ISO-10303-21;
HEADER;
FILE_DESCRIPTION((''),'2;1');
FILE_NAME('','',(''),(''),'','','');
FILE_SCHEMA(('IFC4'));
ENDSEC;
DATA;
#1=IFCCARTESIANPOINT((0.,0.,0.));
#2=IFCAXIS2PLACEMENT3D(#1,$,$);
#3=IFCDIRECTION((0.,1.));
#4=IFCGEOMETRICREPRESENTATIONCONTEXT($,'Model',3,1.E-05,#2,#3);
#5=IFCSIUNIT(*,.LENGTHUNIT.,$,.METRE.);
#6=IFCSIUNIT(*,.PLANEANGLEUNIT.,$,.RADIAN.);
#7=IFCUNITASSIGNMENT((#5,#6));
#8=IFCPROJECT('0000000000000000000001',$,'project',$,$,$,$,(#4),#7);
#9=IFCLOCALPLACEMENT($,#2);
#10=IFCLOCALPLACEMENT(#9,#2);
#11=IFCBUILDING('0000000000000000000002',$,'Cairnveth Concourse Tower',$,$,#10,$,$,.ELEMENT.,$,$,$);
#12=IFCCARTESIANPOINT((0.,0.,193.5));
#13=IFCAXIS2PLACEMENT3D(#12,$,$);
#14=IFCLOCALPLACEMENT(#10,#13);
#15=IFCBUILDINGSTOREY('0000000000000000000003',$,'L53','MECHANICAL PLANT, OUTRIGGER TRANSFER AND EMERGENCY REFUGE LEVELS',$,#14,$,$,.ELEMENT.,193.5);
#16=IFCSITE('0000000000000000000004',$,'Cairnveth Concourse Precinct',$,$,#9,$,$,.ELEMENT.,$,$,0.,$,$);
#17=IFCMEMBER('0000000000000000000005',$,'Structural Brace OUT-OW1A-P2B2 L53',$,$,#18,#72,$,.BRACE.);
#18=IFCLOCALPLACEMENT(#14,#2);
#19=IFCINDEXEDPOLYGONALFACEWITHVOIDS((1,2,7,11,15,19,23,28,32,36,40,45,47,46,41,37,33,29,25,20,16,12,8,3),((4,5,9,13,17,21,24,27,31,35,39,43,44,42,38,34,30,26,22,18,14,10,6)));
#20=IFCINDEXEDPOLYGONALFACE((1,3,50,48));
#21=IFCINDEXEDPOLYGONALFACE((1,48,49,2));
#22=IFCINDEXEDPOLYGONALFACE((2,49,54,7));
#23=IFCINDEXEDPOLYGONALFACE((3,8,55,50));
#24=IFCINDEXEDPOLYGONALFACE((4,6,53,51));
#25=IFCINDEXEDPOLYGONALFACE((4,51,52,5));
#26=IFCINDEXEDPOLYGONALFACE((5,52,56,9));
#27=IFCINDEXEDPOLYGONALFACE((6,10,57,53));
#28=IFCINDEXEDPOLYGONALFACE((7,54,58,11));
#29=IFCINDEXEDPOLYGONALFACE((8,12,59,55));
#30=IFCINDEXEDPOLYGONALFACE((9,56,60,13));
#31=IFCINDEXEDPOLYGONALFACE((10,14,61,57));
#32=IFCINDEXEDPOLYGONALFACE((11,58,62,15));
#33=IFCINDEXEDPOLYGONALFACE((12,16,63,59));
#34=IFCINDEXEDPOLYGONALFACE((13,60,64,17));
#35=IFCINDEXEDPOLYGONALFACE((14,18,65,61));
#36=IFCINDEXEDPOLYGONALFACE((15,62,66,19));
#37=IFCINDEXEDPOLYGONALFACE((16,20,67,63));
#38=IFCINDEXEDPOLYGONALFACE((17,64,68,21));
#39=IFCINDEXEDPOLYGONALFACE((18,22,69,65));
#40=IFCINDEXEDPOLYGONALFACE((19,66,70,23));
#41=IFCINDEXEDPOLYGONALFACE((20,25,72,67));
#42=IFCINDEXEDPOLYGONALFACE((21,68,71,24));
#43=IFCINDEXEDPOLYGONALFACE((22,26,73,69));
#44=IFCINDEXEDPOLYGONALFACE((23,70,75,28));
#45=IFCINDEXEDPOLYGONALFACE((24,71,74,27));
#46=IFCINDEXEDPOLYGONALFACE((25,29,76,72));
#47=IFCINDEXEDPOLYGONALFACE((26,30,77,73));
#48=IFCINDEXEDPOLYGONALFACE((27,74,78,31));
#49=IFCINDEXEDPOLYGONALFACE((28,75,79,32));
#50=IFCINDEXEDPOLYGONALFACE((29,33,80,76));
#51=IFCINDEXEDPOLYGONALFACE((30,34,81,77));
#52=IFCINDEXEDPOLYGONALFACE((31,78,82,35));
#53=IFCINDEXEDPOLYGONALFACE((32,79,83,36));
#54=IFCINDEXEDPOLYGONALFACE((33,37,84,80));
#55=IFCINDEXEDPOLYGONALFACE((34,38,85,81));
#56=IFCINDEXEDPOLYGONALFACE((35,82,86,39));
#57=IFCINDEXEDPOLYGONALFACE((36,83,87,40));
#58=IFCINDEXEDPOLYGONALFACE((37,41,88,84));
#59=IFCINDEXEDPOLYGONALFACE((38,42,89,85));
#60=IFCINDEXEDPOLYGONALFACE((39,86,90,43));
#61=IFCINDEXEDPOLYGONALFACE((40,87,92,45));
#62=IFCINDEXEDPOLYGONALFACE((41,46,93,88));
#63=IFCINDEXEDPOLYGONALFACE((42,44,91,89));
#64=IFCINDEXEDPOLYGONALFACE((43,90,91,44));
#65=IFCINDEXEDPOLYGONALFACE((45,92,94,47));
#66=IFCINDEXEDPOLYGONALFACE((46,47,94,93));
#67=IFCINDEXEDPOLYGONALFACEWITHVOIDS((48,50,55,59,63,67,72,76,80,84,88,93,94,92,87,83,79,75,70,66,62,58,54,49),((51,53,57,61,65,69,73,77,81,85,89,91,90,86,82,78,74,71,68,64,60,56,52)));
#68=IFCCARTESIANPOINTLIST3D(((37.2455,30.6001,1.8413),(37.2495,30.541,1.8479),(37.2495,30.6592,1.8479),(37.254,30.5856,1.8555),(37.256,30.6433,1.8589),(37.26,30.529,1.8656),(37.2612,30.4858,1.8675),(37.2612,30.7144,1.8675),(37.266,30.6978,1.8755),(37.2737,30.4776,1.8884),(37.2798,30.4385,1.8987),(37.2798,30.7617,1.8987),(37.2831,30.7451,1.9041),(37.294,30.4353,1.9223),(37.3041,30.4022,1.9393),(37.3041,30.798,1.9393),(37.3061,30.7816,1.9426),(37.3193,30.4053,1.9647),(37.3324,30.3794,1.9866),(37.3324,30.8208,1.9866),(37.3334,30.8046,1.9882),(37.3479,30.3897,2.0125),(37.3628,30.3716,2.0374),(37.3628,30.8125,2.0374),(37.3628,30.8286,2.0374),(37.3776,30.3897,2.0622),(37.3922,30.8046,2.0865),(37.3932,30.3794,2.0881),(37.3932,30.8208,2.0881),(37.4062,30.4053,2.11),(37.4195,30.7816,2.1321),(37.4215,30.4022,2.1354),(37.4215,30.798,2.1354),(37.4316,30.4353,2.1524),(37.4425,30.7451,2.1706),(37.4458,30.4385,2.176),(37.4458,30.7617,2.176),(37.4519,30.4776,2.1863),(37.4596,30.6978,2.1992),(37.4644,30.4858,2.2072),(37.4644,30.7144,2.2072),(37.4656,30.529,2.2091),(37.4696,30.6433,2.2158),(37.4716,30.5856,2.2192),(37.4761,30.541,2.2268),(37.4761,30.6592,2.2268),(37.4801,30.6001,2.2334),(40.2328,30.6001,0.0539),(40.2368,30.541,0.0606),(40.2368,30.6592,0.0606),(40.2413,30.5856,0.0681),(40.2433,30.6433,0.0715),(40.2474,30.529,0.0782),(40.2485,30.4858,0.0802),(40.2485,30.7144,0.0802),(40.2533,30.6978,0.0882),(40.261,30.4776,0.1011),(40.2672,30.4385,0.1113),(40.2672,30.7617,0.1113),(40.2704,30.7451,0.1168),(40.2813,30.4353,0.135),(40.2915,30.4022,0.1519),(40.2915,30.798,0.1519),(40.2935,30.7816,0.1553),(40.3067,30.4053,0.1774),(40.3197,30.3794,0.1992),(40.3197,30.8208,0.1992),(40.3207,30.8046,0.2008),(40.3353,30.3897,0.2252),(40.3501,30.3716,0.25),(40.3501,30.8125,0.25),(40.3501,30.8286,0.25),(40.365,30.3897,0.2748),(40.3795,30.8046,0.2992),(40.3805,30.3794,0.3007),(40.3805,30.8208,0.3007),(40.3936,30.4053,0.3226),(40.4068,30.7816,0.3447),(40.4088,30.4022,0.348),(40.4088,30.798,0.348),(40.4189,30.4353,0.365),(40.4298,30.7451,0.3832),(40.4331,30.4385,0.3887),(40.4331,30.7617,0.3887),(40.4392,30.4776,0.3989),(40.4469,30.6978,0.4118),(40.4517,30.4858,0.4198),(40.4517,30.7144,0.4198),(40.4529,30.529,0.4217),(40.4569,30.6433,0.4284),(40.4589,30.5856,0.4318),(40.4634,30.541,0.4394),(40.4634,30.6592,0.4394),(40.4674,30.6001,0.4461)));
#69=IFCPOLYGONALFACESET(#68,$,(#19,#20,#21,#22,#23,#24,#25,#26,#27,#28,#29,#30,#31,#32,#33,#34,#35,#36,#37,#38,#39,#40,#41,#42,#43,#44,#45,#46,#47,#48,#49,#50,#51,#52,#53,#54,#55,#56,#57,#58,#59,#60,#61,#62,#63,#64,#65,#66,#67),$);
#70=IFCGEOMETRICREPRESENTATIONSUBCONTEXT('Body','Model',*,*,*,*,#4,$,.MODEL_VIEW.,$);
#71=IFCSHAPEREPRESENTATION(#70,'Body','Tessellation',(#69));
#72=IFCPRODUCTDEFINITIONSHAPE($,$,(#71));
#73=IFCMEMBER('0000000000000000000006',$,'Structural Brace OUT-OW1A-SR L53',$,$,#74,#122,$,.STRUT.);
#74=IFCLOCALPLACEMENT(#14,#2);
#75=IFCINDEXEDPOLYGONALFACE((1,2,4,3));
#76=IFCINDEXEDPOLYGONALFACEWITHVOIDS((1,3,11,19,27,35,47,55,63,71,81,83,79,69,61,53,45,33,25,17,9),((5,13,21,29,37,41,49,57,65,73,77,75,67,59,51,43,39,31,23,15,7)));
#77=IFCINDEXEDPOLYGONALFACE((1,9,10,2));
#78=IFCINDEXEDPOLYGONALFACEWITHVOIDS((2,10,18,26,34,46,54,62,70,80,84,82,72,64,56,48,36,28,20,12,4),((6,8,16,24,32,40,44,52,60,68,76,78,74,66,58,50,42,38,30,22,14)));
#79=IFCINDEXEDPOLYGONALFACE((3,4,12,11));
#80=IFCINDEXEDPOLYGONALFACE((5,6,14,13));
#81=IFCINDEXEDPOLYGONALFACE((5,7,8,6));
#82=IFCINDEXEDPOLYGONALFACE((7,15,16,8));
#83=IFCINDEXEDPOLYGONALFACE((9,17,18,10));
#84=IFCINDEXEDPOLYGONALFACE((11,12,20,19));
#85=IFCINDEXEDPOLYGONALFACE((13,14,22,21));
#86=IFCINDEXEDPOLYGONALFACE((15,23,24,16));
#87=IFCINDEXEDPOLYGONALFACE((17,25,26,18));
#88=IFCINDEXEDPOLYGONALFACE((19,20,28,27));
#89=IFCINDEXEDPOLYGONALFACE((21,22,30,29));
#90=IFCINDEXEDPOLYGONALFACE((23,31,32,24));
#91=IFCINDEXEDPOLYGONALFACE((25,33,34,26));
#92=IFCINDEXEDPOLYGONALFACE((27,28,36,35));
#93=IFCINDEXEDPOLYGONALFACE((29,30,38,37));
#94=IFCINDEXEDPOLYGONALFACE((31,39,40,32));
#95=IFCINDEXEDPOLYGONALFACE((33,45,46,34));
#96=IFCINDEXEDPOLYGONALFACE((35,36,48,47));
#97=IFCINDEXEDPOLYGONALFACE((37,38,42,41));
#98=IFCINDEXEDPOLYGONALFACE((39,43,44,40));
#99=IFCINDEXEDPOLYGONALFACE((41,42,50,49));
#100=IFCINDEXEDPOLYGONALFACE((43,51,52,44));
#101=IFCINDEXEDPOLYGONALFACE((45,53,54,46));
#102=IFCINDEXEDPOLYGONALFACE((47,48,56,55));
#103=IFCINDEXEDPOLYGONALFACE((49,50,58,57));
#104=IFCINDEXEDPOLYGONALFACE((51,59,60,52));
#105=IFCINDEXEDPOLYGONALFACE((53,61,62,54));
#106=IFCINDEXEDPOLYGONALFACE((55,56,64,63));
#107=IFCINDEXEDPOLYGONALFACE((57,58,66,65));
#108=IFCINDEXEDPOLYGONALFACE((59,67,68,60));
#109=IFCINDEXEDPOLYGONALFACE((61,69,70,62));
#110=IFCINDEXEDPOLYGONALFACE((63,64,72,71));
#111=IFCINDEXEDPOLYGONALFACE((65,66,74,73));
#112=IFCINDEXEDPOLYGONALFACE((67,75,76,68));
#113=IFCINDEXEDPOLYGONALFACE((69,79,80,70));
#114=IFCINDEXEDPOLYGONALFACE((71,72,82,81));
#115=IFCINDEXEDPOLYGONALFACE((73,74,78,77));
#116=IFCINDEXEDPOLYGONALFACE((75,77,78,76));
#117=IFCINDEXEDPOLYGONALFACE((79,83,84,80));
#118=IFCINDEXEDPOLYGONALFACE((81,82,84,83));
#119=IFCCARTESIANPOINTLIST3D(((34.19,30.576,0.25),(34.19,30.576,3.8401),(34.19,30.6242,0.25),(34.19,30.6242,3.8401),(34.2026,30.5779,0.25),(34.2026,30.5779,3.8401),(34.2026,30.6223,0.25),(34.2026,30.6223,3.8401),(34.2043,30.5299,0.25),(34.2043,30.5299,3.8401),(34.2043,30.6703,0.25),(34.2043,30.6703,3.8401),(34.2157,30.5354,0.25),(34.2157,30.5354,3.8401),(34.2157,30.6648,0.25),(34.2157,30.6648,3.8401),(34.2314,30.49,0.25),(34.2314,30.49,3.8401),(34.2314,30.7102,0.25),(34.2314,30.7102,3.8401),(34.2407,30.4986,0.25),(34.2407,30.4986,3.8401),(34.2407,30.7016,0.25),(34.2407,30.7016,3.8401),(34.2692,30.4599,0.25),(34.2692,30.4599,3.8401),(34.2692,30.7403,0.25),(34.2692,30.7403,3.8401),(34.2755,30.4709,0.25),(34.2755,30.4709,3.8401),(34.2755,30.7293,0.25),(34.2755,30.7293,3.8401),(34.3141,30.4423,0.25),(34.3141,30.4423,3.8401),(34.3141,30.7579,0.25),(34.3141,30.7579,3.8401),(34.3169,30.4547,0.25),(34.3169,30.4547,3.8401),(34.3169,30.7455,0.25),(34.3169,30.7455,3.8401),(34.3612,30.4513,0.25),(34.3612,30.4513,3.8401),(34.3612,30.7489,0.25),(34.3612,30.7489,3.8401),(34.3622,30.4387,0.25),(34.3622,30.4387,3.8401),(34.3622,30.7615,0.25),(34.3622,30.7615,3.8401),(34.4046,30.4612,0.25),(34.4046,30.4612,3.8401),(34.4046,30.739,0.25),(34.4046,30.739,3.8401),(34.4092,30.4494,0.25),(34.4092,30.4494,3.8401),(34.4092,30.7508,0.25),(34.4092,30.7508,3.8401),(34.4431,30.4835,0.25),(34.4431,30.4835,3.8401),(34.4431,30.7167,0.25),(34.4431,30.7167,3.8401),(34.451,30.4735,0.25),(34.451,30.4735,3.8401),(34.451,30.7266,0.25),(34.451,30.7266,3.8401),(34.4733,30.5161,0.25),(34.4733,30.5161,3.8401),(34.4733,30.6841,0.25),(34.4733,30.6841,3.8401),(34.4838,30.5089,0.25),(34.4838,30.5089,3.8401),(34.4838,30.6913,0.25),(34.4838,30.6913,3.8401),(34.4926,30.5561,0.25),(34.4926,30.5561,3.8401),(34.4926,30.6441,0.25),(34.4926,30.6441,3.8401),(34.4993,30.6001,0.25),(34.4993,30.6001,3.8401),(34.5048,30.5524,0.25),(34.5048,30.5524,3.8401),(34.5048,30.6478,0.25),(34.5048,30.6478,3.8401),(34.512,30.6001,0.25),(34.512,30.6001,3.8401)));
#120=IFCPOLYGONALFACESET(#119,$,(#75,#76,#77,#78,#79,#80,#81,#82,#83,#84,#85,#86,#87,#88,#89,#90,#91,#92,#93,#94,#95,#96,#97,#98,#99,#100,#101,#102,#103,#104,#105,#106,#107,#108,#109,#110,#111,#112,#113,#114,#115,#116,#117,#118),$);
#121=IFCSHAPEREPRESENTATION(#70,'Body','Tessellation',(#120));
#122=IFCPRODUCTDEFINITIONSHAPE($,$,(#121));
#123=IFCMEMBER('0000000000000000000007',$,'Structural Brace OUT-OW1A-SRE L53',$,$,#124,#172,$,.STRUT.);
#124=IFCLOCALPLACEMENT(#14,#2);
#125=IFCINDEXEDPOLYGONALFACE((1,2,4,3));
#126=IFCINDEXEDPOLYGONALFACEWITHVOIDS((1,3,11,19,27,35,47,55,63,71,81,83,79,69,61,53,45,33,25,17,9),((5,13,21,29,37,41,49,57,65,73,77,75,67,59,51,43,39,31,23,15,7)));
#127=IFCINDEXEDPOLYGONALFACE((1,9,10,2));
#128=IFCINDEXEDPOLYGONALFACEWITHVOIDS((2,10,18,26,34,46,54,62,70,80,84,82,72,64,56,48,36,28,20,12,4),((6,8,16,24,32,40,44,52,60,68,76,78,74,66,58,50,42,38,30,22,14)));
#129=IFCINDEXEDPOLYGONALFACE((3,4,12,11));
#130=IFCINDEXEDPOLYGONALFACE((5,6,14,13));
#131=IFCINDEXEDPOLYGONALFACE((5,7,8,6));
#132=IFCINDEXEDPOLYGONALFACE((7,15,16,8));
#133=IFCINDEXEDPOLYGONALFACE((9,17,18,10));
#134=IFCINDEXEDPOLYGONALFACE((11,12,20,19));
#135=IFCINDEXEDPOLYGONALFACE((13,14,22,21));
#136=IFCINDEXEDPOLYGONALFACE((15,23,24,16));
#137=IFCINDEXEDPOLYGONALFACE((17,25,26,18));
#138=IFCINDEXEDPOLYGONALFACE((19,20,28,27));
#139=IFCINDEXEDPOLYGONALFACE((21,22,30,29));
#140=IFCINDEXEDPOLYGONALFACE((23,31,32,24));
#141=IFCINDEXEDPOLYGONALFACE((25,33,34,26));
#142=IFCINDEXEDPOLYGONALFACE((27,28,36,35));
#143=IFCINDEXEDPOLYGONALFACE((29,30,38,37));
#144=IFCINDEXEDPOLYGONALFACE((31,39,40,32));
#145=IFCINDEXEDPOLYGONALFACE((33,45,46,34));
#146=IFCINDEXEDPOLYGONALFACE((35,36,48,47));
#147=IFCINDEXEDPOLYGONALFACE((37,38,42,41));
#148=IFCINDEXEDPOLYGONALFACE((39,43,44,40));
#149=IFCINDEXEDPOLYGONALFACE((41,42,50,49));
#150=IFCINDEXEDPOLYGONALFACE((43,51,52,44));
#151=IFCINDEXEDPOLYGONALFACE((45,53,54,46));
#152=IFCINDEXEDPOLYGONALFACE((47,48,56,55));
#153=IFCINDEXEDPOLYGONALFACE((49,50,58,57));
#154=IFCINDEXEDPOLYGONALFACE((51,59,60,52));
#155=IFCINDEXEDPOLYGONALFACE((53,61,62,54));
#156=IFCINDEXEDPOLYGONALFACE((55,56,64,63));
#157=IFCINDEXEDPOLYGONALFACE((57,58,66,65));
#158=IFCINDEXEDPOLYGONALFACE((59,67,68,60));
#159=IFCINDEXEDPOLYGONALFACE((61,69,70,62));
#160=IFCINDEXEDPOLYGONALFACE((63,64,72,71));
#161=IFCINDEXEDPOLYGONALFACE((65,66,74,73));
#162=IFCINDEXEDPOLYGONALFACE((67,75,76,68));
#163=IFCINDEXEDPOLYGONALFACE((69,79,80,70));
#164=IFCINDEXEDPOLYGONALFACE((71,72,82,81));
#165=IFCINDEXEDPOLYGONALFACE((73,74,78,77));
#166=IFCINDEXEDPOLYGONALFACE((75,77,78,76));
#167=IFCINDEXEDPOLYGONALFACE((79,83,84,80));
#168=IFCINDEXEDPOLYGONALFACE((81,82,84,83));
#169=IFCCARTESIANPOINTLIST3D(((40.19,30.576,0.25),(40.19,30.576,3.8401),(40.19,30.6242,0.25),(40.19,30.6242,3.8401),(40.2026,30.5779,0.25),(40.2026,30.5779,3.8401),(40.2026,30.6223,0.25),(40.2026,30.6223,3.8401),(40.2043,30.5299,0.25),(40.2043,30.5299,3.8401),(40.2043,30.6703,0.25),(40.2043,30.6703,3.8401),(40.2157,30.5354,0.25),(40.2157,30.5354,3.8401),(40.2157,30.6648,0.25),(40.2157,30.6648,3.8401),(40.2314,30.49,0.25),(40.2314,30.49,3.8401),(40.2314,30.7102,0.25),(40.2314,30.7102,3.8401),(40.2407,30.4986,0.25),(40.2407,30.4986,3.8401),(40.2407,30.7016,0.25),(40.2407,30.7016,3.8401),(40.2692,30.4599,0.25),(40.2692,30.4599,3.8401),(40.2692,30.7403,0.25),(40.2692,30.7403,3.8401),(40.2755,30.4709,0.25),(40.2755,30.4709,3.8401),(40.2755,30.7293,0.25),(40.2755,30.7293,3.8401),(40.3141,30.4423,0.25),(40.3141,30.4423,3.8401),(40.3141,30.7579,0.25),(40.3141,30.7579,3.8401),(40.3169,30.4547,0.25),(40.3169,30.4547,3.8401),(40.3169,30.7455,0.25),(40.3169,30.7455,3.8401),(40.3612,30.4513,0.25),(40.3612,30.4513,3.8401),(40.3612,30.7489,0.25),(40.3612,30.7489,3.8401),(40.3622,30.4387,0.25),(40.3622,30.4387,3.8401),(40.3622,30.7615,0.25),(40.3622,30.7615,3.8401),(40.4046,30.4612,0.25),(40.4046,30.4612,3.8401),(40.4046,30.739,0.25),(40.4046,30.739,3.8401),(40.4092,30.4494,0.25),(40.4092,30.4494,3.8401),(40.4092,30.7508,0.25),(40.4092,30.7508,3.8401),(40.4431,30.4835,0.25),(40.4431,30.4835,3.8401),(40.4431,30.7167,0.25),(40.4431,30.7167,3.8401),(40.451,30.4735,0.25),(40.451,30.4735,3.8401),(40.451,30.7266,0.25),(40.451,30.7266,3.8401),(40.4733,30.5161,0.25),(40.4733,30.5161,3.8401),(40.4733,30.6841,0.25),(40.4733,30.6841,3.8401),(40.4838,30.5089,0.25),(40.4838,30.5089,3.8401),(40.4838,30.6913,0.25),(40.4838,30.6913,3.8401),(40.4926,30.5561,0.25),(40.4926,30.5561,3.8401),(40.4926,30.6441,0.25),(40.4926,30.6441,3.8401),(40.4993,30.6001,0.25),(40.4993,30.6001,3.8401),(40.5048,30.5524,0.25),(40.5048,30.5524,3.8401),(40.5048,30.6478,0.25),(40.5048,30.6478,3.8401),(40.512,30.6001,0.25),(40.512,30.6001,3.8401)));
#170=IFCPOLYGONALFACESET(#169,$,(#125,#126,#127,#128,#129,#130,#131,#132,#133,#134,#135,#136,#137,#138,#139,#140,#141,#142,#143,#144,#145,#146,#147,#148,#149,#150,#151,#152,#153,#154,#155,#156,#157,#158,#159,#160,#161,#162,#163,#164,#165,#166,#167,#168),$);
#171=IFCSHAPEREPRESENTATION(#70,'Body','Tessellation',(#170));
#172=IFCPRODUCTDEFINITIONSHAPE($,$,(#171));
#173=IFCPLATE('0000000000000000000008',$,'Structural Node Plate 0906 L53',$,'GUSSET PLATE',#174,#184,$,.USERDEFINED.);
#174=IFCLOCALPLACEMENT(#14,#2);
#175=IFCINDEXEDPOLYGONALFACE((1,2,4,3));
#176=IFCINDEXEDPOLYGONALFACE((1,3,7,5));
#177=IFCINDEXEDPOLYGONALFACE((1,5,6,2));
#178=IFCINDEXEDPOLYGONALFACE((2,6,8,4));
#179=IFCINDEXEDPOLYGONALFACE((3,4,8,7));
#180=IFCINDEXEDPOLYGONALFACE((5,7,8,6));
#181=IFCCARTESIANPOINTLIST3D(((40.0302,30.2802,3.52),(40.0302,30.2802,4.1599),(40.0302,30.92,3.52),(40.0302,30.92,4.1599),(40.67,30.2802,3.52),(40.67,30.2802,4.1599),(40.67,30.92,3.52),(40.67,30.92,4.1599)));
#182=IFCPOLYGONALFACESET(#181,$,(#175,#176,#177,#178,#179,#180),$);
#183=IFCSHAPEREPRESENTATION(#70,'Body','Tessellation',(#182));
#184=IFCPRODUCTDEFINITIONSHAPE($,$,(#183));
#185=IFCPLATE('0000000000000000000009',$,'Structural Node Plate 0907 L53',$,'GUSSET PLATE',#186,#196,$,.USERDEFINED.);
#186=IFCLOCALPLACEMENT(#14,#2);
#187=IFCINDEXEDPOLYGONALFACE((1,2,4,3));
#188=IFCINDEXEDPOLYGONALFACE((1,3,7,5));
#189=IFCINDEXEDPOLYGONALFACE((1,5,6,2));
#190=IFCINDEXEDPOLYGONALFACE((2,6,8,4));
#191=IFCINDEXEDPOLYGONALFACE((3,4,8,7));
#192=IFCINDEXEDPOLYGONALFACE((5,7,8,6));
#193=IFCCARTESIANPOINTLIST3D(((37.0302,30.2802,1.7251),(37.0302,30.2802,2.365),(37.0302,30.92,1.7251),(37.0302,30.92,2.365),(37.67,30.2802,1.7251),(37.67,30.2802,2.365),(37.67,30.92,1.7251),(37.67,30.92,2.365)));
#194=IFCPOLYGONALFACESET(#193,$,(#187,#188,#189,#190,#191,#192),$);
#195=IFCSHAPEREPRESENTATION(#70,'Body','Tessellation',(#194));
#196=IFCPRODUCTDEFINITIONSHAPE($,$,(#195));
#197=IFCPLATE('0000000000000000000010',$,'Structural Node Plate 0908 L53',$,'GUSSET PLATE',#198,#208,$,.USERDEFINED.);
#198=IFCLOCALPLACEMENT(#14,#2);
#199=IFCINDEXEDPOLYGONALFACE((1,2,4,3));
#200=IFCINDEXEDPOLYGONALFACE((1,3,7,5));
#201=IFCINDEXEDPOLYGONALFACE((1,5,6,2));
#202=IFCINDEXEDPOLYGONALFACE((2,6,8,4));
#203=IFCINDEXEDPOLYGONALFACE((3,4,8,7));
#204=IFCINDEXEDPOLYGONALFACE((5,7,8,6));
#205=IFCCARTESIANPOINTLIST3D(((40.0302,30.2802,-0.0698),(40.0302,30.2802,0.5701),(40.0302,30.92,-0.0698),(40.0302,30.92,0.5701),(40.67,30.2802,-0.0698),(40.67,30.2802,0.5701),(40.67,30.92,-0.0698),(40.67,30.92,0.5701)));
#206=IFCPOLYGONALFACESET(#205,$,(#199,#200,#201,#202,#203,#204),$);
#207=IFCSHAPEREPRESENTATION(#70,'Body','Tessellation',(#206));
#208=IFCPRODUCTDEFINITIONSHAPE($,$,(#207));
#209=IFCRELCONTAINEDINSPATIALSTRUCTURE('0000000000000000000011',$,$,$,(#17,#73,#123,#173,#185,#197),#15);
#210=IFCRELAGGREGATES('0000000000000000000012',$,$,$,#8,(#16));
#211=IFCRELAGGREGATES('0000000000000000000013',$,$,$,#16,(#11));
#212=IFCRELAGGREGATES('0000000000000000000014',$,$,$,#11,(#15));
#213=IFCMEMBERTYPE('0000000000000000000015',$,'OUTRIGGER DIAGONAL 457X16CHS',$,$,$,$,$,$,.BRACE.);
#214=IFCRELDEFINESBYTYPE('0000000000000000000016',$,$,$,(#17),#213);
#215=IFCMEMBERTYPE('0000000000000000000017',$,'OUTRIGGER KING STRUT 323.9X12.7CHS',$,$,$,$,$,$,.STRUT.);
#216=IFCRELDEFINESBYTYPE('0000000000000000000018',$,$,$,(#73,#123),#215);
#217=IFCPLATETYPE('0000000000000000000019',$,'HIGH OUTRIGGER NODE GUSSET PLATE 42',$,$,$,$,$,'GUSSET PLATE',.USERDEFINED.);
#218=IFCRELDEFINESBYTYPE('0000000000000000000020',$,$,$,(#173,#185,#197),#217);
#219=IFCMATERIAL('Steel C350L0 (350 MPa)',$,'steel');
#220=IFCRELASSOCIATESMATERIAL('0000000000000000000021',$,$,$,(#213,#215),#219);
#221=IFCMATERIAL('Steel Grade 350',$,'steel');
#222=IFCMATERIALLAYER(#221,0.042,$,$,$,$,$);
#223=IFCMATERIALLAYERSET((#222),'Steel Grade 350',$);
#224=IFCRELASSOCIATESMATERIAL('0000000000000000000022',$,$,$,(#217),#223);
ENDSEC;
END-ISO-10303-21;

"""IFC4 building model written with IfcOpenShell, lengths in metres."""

from ifc_helpers import new_model, si_unit, direction, frame, origin, origin_2d, place, context, subcontext, project, spatial, rectangle, hollow_circle, extrude, material, layer, layer_set, material_profile, profile_set, type_object, element, save


model = new_model("IFC4")

# Units and contexts
model_context = context("Model", 3, precision=1e-05, world=origin(), true_north=direction((0.0, 1.0)))
body_context = subcontext(model_context, "Body", "Model", "MODEL_VIEW")
ifc_project = project(units=[si_unit("LENGTHUNIT", "METRE"), si_unit("PLANEANGLEUNIT", "RADIAN")], contexts=[model_context])

# Site, building, storey
site_placement = place(None, origin())
site = spatial("IfcSite", under=ifc_project, at=site_placement, Name="Cairnveth Concourse Precinct", CompositionType="ELEMENT", RefElevation=0.0)
building_placement = place(site_placement, origin())
building = spatial("IfcBuilding", under=site, at=building_placement, Name="Cairnveth Concourse Tower", CompositionType="ELEMENT")
storey_placement = place(building_placement, frame((0.0, 0.0, 193.5)))
storey = spatial("IfcBuildingStorey", under=building, at=storey_placement, Name="L53", Description="MECHANICAL PLANT, OUTRIGGER TRANSFER AND EMERGENCY REFUGE LEVELS", CompositionType="ELEMENT", Elevation=193.5)

# Members
ifc_material_1 = material(Name="Steel C350L0 (350 MPa)", Category="steel")
ifc_material_profile_1 = material_profile(ifc_material_1, hollow_circle(Radius=0.2285, WallThickness=0.0161, at=origin_2d()), Name="457.0x16.0CHS")
ifc_profile_set_1 = profile_set([ifc_material_profile_1], Name="Steel C350L0 (350 MPa)")
member_type_1 = type_object("IfcMemberType", Name="OUTRIGGER DIAGONAL 457X16CHS", PredefinedType="BRACE", material=ifc_profile_set_1)
member_1_placement = place(storey_placement, frame((37.3628, 30.6001, 2.0374), z_axis=(0.85813, 0.0, -0.513433), x_axis=(0.0, 1.0, 0.0)))
element("IfcMember", 1, at=member_1_placement, inside=storey, type_object=member_type_1, Name="Structural Brace OUT-OW1A-P2B2 L53", PredefinedType="BRACE", context=body_context, shape_type="SweptSolid", body=[
    extrude(hollow_circle(Radius=0.2285, WallThickness=0.0161, at=origin_2d()), origin(), (0.0, 0.0, 1.0), 3.4812),
])
ifc_material_profile_2 = material_profile(ifc_material_1, hollow_circle(Radius=0.1619, WallThickness=0.0127, at=origin_2d()), Name="323.9x12.7CHS")
ifc_profile_set_2 = profile_set([ifc_material_profile_2], Name="Steel C350L0 (350 MPa)")
member_type_2 = type_object("IfcMemberType", Name="OUTRIGGER KING STRUT 323.9X12.7CHS", PredefinedType="STRUT", material=ifc_profile_set_2)
for number, where, z_axis, x_axis, name in (
    (2, (34.3501, 30.6001, 0.25), (0.0, 0.0, 1.0), (1.0, 0.0, 0.0), "Structural Brace OUT-OW1A-SR L53"),
    (3, (40.3501, 30.6001, 0.25), (0.0, 0.0, 1.0), (1.0, 0.0, 0.0), "Structural Brace OUT-OW1A-SRE L53"),
):
    element("IfcMember", number, at=place(storey_placement, frame(where, z_axis=z_axis, x_axis=x_axis)), inside=storey, type_object=member_type_2, Name=name, PredefinedType="STRUT", context=body_context, shape_type="SweptSolid", body=[
        extrude(hollow_circle(Radius=0.1619, WallThickness=0.0127, at=origin_2d()), origin(), (0.0, 0.0, 1.0), 3.5901),
    ])

# Plates
ifc_material_2 = material(Name="Steel Grade 350", Category="steel")
ifc_layer_1 = layer(ifc_material_2, 0.042)
ifc_layer_set_1 = layer_set([ifc_layer_1], Name="Steel Grade 350")
plate_type = type_object("IfcPlateType", Name="HIGH OUTRIGGER NODE GUSSET PLATE 42", ElementType="GUSSET PLATE", PredefinedType="USERDEFINED", material=ifc_layer_set_1)
for number, where, z_axis, x_axis, name in (
    (4, (40.3501, 30.6001, 3.52), (0.0, 0.0, 1.0), (1.0, 0.0, 0.0), "Structural Node Plate 0906 L53"),
    (5, (37.3501, 30.6001, 1.7251), (0.0, 0.0, 1.0), (1.0, 0.0, 0.0), "Structural Node Plate 0907 L53"),
    (6, (40.3501, 30.6001, -0.0698), (0.0, 0.0, 1.0), (1.0, 0.0, 0.0), "Structural Node Plate 0908 L53"),
):
    element("IfcPlate", number, at=place(storey_placement, frame(where, z_axis=z_axis, x_axis=x_axis)), inside=storey, type_object=plate_type, Name=name, ObjectType="GUSSET PLATE", PredefinedType="USERDEFINED", context=body_context, shape_type="SweptSolid", body=[
        extrude(rectangle(XDim=0.6399, YDim=0.6399, at=origin_2d()), origin(), (0.0, 0.0, 1.0), 0.6399),
    ])

save(model, "model.ifc")
